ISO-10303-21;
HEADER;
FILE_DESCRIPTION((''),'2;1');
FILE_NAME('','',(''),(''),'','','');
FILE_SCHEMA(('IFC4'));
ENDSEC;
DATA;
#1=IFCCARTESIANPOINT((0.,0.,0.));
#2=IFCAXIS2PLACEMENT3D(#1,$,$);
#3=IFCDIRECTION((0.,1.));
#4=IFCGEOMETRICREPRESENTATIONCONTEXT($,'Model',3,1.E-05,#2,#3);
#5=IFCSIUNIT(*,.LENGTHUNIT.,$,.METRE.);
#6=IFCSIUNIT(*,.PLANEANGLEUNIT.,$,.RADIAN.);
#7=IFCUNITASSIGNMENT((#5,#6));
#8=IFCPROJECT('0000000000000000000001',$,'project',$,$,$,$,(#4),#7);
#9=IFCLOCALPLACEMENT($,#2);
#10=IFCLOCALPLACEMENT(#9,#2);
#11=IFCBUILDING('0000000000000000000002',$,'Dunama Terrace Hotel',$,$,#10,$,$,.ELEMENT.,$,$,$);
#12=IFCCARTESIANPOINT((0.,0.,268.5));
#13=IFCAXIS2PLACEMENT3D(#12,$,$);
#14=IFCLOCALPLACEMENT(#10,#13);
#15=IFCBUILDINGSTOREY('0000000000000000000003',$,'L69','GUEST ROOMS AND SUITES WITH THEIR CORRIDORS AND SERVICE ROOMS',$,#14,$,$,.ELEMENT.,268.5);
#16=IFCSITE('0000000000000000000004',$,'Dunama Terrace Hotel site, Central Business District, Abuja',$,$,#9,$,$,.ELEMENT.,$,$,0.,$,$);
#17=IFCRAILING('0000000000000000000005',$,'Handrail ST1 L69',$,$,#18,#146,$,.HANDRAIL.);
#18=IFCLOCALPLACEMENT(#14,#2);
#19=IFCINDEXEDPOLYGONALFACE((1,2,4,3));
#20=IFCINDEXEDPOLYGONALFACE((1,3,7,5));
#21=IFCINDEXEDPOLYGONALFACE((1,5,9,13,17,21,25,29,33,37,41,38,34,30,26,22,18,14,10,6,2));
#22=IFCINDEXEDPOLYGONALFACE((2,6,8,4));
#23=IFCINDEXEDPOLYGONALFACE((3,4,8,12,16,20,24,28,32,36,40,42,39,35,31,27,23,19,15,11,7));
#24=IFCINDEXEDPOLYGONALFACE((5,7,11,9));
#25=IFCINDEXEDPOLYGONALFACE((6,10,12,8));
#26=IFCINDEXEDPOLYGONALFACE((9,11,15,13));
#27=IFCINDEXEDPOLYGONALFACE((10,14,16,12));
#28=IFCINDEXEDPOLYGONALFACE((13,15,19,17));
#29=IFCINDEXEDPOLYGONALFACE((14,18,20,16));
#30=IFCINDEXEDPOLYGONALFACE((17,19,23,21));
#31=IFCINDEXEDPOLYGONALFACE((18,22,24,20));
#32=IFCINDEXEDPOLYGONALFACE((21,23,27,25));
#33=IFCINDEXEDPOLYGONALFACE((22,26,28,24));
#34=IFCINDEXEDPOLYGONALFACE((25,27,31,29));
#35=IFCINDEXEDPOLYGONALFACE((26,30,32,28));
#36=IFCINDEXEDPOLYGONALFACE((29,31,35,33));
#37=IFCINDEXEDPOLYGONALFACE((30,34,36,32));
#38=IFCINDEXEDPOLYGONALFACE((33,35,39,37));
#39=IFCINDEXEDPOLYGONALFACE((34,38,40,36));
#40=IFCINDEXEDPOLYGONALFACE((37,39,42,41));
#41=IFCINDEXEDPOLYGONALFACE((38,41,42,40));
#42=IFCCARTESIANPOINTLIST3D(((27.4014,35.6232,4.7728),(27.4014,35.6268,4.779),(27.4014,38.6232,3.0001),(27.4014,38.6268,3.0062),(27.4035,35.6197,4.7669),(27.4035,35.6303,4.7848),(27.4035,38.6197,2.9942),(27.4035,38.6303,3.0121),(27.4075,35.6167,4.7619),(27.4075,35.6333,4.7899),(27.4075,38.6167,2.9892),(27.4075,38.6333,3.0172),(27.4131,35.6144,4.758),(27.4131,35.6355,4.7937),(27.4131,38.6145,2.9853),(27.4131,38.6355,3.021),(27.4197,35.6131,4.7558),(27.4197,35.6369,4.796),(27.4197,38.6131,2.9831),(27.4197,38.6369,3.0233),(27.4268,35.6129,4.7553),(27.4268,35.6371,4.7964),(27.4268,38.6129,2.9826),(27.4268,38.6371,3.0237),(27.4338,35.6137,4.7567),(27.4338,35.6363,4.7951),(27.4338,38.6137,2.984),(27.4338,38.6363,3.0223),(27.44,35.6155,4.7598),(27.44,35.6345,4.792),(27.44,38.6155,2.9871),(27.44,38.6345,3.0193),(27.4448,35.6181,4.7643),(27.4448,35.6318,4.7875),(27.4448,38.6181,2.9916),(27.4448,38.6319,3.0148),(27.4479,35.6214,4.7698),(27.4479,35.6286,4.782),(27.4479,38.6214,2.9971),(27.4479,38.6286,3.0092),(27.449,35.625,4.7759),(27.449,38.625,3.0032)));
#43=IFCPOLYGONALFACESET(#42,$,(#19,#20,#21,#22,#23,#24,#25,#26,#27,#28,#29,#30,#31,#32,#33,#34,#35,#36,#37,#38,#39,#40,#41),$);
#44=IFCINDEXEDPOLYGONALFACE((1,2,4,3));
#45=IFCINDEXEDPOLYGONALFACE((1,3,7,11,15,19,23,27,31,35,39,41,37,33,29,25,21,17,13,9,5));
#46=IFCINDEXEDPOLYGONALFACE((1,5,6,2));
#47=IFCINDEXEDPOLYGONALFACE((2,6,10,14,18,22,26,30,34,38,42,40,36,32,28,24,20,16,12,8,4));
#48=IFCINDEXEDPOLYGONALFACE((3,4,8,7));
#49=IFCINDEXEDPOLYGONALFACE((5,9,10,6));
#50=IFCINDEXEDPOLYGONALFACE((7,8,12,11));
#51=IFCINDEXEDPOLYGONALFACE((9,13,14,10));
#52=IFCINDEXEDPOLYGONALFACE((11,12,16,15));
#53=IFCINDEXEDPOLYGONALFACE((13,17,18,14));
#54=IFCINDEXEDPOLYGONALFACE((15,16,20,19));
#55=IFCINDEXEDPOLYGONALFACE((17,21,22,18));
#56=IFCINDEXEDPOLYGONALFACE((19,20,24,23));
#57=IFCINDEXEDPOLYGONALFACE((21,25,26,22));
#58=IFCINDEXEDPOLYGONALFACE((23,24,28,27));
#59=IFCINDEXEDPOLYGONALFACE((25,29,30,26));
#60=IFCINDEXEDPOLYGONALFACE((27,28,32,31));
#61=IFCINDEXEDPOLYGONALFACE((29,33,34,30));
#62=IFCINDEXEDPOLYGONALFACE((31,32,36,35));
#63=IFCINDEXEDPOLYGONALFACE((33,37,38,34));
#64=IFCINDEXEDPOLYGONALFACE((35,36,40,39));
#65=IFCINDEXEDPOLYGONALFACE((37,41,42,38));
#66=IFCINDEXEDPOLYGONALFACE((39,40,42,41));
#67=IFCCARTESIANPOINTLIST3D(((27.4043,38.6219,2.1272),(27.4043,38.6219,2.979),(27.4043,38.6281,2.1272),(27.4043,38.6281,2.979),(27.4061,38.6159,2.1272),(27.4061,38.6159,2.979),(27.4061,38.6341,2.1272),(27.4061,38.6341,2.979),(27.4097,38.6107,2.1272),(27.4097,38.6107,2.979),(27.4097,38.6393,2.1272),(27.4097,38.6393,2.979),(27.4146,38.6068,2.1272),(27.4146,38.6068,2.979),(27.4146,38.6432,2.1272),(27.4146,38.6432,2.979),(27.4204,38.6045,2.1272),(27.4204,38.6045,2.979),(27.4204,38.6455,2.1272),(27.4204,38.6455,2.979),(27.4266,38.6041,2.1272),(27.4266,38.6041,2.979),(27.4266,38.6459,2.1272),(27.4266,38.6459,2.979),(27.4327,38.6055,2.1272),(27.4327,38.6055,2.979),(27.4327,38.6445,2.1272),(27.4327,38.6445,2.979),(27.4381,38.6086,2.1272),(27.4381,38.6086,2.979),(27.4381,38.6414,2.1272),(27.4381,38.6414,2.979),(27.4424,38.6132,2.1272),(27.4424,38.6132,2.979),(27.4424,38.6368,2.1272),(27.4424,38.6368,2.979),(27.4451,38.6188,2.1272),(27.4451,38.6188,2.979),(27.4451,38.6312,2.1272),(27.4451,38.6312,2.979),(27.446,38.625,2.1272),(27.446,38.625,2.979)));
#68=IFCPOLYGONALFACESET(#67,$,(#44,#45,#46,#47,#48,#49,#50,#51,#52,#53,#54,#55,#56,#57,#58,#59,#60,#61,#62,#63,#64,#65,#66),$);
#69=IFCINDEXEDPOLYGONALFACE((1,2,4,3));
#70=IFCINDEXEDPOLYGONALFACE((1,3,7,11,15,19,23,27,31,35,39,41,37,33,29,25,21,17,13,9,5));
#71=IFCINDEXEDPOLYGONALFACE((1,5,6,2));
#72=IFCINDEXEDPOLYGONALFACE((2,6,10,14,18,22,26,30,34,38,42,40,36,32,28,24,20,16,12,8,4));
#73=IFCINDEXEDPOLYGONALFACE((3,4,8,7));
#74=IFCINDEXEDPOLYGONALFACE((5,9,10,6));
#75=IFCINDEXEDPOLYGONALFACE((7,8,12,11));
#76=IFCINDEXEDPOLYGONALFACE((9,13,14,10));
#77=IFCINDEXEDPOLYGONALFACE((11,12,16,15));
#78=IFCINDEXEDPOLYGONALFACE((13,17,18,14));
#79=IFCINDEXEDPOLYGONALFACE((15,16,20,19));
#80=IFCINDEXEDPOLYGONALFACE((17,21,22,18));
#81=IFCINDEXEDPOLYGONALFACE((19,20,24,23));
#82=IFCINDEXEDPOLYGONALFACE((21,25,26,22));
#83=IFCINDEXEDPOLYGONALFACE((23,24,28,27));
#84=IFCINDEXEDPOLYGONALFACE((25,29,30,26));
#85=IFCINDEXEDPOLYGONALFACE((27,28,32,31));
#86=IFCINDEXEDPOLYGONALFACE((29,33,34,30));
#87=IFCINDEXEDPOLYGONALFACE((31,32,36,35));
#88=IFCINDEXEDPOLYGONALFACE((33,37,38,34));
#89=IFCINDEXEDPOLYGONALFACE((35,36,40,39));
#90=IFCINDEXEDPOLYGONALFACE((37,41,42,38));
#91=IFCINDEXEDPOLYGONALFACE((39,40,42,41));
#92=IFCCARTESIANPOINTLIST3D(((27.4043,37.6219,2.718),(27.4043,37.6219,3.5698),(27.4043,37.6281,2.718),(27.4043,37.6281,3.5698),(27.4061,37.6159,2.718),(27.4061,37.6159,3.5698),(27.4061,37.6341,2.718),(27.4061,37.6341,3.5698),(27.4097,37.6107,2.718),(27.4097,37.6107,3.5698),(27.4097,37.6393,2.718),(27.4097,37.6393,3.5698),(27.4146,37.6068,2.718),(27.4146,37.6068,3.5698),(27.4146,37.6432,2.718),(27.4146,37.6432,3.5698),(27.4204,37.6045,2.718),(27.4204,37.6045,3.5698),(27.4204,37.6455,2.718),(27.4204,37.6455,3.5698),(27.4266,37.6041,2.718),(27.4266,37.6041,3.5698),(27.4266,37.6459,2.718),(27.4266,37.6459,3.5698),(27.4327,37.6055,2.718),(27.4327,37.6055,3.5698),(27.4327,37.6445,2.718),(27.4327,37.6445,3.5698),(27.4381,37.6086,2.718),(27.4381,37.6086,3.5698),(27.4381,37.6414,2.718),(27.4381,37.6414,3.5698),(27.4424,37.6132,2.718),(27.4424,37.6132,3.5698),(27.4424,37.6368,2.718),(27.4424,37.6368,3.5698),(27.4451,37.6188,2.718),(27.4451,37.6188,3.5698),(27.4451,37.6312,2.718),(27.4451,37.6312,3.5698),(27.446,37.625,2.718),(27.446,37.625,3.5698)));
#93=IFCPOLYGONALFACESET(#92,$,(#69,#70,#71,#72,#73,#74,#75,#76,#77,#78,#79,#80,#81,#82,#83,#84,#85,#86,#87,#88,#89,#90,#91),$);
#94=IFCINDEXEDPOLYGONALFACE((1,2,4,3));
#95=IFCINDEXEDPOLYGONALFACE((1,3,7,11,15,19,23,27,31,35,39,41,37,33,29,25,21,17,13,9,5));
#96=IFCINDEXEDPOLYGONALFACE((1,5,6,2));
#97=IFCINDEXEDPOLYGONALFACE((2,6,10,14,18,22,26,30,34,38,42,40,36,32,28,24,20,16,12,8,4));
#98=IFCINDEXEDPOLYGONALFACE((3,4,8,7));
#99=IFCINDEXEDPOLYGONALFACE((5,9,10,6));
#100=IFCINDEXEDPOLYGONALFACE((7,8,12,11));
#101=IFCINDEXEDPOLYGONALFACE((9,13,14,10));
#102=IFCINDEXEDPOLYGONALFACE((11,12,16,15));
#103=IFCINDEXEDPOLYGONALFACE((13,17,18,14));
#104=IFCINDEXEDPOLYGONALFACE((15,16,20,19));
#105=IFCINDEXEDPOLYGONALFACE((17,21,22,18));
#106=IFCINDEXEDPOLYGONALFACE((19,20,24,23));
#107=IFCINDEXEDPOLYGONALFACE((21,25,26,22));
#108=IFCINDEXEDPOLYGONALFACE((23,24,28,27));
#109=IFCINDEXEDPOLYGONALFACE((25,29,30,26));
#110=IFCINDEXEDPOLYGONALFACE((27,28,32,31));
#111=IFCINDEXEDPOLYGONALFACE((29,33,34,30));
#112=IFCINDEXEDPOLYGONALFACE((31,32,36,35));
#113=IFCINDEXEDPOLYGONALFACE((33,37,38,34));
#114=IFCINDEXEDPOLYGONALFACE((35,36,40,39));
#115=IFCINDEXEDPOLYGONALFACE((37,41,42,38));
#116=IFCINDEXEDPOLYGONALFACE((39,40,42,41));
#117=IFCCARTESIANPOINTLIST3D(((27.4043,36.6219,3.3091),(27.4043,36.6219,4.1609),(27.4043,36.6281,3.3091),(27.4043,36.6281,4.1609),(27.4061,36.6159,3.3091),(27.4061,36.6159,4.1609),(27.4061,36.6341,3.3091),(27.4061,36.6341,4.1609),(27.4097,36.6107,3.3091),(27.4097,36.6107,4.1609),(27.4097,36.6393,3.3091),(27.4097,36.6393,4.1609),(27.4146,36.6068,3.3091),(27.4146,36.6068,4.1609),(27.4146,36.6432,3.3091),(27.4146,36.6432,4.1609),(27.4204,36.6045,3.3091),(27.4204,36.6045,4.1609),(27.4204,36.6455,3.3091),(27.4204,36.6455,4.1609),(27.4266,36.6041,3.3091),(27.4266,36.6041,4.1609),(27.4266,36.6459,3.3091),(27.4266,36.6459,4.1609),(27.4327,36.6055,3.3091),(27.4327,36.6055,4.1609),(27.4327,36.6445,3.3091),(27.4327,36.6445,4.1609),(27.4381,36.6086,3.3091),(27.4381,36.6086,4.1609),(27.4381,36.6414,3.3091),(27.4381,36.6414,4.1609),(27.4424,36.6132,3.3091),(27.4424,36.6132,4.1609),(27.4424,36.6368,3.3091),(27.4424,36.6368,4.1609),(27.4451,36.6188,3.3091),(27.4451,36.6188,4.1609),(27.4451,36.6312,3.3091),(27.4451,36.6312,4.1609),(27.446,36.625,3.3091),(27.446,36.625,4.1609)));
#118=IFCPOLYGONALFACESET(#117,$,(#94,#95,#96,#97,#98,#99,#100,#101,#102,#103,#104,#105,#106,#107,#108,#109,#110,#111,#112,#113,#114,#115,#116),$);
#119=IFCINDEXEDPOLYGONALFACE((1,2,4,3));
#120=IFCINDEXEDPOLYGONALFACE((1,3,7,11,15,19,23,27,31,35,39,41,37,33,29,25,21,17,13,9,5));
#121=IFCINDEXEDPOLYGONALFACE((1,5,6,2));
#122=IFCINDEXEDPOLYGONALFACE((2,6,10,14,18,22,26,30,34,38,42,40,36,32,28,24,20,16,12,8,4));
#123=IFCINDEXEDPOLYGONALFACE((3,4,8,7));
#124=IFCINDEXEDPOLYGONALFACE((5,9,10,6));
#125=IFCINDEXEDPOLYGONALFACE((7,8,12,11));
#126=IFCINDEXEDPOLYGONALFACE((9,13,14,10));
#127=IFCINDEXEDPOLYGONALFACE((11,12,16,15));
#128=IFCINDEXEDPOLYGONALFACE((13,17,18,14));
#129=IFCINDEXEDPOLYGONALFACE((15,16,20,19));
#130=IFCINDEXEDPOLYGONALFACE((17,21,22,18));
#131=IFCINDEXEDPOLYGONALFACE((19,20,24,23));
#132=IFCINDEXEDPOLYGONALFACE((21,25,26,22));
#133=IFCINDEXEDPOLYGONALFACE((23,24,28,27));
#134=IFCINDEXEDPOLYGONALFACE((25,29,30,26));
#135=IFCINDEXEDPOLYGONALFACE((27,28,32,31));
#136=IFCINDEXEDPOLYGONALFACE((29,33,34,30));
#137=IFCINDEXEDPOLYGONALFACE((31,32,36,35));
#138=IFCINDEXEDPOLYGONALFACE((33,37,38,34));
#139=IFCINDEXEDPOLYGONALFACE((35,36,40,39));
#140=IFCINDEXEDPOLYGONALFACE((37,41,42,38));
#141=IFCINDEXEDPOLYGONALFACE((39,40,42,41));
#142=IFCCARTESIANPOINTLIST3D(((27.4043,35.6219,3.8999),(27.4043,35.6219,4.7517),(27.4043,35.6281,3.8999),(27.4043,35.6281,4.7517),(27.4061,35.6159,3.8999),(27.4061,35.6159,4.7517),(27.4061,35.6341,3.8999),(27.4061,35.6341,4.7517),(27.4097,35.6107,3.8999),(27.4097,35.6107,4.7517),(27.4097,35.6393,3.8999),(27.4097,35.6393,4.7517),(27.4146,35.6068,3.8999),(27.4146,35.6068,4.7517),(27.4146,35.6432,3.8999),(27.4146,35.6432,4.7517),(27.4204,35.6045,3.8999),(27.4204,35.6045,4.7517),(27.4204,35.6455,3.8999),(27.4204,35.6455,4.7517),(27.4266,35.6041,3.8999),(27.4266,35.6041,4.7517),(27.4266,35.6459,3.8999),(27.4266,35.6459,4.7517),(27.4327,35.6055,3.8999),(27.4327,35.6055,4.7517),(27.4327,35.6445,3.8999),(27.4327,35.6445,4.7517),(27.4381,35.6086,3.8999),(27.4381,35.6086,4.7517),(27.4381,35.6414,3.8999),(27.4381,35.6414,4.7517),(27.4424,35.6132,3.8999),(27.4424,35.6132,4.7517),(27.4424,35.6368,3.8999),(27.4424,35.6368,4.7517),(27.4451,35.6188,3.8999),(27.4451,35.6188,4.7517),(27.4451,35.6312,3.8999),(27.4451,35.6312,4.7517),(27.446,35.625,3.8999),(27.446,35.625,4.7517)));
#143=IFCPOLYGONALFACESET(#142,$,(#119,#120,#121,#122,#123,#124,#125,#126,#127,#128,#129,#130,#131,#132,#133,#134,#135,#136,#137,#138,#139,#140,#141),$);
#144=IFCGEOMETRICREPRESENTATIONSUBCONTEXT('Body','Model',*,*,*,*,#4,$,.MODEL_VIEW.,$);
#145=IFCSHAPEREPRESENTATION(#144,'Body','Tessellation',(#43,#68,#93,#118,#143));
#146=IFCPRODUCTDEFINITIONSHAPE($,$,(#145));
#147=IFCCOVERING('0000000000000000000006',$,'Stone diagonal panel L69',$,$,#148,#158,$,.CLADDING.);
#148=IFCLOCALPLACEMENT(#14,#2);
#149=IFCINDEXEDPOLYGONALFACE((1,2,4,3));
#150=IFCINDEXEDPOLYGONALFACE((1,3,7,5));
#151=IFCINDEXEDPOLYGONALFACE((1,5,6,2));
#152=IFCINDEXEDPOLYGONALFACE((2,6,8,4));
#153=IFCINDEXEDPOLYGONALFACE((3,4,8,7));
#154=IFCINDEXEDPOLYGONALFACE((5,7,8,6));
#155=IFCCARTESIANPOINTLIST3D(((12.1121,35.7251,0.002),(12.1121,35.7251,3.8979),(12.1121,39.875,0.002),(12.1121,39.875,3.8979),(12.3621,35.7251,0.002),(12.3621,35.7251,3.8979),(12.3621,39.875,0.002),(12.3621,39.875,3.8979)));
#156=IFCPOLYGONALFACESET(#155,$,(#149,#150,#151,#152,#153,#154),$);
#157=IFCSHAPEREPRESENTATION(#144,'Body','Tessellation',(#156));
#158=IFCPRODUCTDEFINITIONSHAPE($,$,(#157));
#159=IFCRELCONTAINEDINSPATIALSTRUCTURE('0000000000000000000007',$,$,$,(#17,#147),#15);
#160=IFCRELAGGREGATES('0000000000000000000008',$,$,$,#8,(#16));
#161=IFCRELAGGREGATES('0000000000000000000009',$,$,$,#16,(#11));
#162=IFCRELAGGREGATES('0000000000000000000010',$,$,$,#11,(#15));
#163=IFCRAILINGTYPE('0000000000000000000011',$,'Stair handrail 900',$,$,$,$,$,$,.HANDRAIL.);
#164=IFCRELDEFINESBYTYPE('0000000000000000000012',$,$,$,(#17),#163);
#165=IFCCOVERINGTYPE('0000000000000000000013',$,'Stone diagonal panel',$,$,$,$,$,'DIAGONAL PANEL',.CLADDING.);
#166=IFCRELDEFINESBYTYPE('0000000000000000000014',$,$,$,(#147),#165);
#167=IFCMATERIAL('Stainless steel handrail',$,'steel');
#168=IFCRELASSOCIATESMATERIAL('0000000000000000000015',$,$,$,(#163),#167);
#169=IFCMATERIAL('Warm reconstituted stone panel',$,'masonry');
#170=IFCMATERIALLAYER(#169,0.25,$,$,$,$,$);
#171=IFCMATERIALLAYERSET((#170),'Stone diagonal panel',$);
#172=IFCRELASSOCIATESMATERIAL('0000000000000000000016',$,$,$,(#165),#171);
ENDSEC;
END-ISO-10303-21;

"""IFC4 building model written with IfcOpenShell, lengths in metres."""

from ifc_helpers import new_model, si_unit, direction, frame, origin, origin_2d, place, context, subcontext, project, spatial, rectangle, circle, extrude, material, layer, layer_set, type_object, element, save


model = new_model("IFC4")

# Units and contexts
model_context = context("Model", 3, precision=1e-05, world=origin(), true_north=direction((0.0, 1.0)))
body_context = subcontext(model_context, "Body", "Model", "MODEL_VIEW")
ifc_project = project(units=[si_unit("LENGTHUNIT", "METRE"), si_unit("PLANEANGLEUNIT", "RADIAN")], contexts=[model_context])

# Site, building, storey
site_placement = place(None, origin())
site = spatial("IfcSite", under=ifc_project, at=site_placement, Name="Dunama Terrace Hotel site, Central Business District, Abuja", CompositionType="ELEMENT", RefElevation=0.0)
building_placement = place(site_placement, origin())
building = spatial("IfcBuilding", under=site, at=building_placement, Name="Dunama Terrace Hotel", CompositionType="ELEMENT")
storey_placement = place(building_placement, frame((0.0, 0.0, 268.5)))
storey = spatial("IfcBuildingStorey", under=building, at=storey_placement, Name="L69", Description="GUEST ROOMS AND SUITES WITH THEIR CORRIDORS AND SERVICE ROOMS", CompositionType="ELEMENT", Elevation=268.5)

# Railing
ifc_material_1 = material(Name="Stainless steel handrail", Category="steel")
railing_type = type_object("IfcRailingType", Name="Stair handrail 900", PredefinedType="HANDRAIL", material=ifc_material_1)
railing_placement = place(storey_placement, frame((27.425, 38.625, 2.1272)))
element("IfcRailing", 1, at=railing_placement, inside=storey, type_object=railing_type, Name="Handrail ST1 L69", PredefinedType="HANDRAIL", context=body_context, shape_type="SweptSolid", body=[
    extrude(circle(Radius=0.0239, at=origin_2d()), frame((0.0, 0.0, 0.876), z_axis=(0.0, -0.860929, 0.508725), x_axis=(1.0, 0.0, 0.0)), (0.0, 0.0, 1.0), 3.4846),
    extrude(circle(Radius=0.021, at=origin_2d()), origin(), (0.0, 0.0, 1.0), 0.8518),
    extrude(circle(Radius=0.021, at=origin_2d()), frame((0.0, -1.0, 0.5908)), (0.0, 0.0, 1.0), 0.8518),
    extrude(circle(Radius=0.021, at=origin_2d()), frame((0.0, -2.0, 1.1819)), (0.0, 0.0, 1.0), 0.8518),
    extrude(circle(Radius=0.021, at=origin_2d()), frame((0.0, -3.0, 1.7727)), (0.0, 0.0, 1.0), 0.8518),
])

# Covering
ifc_material_2 = material(Name="Warm reconstituted stone panel", Category="masonry")
ifc_layer_1 = layer(ifc_material_2, 0.25)
ifc_layer_set_1 = layer_set([ifc_layer_1], Name="Stone diagonal panel")
covering_type = type_object("IfcCoveringType", Name="Stone diagonal panel", ElementType="DIAGONAL PANEL", PredefinedType="CLADDING", material=ifc_layer_set_1)
covering_placement = place(storey_placement, frame((12.2371, 37.8, 0.002), z_axis=(0.0, 0.0, 1.0), x_axis=(0.0, -1.0, 0.0)))
element("IfcCovering", 2, at=covering_placement, inside=storey, type_object=covering_type, Name="Stone diagonal panel L69", PredefinedType="CLADDING", context=body_context, shape_type="SweptSolid", body=[
    extrude(rectangle(XDim=4.1499, YDim=0.25, at=origin_2d()), origin(), (0.0, 0.0, 1.0), 3.896),
])

save(model, "model.ifc")
